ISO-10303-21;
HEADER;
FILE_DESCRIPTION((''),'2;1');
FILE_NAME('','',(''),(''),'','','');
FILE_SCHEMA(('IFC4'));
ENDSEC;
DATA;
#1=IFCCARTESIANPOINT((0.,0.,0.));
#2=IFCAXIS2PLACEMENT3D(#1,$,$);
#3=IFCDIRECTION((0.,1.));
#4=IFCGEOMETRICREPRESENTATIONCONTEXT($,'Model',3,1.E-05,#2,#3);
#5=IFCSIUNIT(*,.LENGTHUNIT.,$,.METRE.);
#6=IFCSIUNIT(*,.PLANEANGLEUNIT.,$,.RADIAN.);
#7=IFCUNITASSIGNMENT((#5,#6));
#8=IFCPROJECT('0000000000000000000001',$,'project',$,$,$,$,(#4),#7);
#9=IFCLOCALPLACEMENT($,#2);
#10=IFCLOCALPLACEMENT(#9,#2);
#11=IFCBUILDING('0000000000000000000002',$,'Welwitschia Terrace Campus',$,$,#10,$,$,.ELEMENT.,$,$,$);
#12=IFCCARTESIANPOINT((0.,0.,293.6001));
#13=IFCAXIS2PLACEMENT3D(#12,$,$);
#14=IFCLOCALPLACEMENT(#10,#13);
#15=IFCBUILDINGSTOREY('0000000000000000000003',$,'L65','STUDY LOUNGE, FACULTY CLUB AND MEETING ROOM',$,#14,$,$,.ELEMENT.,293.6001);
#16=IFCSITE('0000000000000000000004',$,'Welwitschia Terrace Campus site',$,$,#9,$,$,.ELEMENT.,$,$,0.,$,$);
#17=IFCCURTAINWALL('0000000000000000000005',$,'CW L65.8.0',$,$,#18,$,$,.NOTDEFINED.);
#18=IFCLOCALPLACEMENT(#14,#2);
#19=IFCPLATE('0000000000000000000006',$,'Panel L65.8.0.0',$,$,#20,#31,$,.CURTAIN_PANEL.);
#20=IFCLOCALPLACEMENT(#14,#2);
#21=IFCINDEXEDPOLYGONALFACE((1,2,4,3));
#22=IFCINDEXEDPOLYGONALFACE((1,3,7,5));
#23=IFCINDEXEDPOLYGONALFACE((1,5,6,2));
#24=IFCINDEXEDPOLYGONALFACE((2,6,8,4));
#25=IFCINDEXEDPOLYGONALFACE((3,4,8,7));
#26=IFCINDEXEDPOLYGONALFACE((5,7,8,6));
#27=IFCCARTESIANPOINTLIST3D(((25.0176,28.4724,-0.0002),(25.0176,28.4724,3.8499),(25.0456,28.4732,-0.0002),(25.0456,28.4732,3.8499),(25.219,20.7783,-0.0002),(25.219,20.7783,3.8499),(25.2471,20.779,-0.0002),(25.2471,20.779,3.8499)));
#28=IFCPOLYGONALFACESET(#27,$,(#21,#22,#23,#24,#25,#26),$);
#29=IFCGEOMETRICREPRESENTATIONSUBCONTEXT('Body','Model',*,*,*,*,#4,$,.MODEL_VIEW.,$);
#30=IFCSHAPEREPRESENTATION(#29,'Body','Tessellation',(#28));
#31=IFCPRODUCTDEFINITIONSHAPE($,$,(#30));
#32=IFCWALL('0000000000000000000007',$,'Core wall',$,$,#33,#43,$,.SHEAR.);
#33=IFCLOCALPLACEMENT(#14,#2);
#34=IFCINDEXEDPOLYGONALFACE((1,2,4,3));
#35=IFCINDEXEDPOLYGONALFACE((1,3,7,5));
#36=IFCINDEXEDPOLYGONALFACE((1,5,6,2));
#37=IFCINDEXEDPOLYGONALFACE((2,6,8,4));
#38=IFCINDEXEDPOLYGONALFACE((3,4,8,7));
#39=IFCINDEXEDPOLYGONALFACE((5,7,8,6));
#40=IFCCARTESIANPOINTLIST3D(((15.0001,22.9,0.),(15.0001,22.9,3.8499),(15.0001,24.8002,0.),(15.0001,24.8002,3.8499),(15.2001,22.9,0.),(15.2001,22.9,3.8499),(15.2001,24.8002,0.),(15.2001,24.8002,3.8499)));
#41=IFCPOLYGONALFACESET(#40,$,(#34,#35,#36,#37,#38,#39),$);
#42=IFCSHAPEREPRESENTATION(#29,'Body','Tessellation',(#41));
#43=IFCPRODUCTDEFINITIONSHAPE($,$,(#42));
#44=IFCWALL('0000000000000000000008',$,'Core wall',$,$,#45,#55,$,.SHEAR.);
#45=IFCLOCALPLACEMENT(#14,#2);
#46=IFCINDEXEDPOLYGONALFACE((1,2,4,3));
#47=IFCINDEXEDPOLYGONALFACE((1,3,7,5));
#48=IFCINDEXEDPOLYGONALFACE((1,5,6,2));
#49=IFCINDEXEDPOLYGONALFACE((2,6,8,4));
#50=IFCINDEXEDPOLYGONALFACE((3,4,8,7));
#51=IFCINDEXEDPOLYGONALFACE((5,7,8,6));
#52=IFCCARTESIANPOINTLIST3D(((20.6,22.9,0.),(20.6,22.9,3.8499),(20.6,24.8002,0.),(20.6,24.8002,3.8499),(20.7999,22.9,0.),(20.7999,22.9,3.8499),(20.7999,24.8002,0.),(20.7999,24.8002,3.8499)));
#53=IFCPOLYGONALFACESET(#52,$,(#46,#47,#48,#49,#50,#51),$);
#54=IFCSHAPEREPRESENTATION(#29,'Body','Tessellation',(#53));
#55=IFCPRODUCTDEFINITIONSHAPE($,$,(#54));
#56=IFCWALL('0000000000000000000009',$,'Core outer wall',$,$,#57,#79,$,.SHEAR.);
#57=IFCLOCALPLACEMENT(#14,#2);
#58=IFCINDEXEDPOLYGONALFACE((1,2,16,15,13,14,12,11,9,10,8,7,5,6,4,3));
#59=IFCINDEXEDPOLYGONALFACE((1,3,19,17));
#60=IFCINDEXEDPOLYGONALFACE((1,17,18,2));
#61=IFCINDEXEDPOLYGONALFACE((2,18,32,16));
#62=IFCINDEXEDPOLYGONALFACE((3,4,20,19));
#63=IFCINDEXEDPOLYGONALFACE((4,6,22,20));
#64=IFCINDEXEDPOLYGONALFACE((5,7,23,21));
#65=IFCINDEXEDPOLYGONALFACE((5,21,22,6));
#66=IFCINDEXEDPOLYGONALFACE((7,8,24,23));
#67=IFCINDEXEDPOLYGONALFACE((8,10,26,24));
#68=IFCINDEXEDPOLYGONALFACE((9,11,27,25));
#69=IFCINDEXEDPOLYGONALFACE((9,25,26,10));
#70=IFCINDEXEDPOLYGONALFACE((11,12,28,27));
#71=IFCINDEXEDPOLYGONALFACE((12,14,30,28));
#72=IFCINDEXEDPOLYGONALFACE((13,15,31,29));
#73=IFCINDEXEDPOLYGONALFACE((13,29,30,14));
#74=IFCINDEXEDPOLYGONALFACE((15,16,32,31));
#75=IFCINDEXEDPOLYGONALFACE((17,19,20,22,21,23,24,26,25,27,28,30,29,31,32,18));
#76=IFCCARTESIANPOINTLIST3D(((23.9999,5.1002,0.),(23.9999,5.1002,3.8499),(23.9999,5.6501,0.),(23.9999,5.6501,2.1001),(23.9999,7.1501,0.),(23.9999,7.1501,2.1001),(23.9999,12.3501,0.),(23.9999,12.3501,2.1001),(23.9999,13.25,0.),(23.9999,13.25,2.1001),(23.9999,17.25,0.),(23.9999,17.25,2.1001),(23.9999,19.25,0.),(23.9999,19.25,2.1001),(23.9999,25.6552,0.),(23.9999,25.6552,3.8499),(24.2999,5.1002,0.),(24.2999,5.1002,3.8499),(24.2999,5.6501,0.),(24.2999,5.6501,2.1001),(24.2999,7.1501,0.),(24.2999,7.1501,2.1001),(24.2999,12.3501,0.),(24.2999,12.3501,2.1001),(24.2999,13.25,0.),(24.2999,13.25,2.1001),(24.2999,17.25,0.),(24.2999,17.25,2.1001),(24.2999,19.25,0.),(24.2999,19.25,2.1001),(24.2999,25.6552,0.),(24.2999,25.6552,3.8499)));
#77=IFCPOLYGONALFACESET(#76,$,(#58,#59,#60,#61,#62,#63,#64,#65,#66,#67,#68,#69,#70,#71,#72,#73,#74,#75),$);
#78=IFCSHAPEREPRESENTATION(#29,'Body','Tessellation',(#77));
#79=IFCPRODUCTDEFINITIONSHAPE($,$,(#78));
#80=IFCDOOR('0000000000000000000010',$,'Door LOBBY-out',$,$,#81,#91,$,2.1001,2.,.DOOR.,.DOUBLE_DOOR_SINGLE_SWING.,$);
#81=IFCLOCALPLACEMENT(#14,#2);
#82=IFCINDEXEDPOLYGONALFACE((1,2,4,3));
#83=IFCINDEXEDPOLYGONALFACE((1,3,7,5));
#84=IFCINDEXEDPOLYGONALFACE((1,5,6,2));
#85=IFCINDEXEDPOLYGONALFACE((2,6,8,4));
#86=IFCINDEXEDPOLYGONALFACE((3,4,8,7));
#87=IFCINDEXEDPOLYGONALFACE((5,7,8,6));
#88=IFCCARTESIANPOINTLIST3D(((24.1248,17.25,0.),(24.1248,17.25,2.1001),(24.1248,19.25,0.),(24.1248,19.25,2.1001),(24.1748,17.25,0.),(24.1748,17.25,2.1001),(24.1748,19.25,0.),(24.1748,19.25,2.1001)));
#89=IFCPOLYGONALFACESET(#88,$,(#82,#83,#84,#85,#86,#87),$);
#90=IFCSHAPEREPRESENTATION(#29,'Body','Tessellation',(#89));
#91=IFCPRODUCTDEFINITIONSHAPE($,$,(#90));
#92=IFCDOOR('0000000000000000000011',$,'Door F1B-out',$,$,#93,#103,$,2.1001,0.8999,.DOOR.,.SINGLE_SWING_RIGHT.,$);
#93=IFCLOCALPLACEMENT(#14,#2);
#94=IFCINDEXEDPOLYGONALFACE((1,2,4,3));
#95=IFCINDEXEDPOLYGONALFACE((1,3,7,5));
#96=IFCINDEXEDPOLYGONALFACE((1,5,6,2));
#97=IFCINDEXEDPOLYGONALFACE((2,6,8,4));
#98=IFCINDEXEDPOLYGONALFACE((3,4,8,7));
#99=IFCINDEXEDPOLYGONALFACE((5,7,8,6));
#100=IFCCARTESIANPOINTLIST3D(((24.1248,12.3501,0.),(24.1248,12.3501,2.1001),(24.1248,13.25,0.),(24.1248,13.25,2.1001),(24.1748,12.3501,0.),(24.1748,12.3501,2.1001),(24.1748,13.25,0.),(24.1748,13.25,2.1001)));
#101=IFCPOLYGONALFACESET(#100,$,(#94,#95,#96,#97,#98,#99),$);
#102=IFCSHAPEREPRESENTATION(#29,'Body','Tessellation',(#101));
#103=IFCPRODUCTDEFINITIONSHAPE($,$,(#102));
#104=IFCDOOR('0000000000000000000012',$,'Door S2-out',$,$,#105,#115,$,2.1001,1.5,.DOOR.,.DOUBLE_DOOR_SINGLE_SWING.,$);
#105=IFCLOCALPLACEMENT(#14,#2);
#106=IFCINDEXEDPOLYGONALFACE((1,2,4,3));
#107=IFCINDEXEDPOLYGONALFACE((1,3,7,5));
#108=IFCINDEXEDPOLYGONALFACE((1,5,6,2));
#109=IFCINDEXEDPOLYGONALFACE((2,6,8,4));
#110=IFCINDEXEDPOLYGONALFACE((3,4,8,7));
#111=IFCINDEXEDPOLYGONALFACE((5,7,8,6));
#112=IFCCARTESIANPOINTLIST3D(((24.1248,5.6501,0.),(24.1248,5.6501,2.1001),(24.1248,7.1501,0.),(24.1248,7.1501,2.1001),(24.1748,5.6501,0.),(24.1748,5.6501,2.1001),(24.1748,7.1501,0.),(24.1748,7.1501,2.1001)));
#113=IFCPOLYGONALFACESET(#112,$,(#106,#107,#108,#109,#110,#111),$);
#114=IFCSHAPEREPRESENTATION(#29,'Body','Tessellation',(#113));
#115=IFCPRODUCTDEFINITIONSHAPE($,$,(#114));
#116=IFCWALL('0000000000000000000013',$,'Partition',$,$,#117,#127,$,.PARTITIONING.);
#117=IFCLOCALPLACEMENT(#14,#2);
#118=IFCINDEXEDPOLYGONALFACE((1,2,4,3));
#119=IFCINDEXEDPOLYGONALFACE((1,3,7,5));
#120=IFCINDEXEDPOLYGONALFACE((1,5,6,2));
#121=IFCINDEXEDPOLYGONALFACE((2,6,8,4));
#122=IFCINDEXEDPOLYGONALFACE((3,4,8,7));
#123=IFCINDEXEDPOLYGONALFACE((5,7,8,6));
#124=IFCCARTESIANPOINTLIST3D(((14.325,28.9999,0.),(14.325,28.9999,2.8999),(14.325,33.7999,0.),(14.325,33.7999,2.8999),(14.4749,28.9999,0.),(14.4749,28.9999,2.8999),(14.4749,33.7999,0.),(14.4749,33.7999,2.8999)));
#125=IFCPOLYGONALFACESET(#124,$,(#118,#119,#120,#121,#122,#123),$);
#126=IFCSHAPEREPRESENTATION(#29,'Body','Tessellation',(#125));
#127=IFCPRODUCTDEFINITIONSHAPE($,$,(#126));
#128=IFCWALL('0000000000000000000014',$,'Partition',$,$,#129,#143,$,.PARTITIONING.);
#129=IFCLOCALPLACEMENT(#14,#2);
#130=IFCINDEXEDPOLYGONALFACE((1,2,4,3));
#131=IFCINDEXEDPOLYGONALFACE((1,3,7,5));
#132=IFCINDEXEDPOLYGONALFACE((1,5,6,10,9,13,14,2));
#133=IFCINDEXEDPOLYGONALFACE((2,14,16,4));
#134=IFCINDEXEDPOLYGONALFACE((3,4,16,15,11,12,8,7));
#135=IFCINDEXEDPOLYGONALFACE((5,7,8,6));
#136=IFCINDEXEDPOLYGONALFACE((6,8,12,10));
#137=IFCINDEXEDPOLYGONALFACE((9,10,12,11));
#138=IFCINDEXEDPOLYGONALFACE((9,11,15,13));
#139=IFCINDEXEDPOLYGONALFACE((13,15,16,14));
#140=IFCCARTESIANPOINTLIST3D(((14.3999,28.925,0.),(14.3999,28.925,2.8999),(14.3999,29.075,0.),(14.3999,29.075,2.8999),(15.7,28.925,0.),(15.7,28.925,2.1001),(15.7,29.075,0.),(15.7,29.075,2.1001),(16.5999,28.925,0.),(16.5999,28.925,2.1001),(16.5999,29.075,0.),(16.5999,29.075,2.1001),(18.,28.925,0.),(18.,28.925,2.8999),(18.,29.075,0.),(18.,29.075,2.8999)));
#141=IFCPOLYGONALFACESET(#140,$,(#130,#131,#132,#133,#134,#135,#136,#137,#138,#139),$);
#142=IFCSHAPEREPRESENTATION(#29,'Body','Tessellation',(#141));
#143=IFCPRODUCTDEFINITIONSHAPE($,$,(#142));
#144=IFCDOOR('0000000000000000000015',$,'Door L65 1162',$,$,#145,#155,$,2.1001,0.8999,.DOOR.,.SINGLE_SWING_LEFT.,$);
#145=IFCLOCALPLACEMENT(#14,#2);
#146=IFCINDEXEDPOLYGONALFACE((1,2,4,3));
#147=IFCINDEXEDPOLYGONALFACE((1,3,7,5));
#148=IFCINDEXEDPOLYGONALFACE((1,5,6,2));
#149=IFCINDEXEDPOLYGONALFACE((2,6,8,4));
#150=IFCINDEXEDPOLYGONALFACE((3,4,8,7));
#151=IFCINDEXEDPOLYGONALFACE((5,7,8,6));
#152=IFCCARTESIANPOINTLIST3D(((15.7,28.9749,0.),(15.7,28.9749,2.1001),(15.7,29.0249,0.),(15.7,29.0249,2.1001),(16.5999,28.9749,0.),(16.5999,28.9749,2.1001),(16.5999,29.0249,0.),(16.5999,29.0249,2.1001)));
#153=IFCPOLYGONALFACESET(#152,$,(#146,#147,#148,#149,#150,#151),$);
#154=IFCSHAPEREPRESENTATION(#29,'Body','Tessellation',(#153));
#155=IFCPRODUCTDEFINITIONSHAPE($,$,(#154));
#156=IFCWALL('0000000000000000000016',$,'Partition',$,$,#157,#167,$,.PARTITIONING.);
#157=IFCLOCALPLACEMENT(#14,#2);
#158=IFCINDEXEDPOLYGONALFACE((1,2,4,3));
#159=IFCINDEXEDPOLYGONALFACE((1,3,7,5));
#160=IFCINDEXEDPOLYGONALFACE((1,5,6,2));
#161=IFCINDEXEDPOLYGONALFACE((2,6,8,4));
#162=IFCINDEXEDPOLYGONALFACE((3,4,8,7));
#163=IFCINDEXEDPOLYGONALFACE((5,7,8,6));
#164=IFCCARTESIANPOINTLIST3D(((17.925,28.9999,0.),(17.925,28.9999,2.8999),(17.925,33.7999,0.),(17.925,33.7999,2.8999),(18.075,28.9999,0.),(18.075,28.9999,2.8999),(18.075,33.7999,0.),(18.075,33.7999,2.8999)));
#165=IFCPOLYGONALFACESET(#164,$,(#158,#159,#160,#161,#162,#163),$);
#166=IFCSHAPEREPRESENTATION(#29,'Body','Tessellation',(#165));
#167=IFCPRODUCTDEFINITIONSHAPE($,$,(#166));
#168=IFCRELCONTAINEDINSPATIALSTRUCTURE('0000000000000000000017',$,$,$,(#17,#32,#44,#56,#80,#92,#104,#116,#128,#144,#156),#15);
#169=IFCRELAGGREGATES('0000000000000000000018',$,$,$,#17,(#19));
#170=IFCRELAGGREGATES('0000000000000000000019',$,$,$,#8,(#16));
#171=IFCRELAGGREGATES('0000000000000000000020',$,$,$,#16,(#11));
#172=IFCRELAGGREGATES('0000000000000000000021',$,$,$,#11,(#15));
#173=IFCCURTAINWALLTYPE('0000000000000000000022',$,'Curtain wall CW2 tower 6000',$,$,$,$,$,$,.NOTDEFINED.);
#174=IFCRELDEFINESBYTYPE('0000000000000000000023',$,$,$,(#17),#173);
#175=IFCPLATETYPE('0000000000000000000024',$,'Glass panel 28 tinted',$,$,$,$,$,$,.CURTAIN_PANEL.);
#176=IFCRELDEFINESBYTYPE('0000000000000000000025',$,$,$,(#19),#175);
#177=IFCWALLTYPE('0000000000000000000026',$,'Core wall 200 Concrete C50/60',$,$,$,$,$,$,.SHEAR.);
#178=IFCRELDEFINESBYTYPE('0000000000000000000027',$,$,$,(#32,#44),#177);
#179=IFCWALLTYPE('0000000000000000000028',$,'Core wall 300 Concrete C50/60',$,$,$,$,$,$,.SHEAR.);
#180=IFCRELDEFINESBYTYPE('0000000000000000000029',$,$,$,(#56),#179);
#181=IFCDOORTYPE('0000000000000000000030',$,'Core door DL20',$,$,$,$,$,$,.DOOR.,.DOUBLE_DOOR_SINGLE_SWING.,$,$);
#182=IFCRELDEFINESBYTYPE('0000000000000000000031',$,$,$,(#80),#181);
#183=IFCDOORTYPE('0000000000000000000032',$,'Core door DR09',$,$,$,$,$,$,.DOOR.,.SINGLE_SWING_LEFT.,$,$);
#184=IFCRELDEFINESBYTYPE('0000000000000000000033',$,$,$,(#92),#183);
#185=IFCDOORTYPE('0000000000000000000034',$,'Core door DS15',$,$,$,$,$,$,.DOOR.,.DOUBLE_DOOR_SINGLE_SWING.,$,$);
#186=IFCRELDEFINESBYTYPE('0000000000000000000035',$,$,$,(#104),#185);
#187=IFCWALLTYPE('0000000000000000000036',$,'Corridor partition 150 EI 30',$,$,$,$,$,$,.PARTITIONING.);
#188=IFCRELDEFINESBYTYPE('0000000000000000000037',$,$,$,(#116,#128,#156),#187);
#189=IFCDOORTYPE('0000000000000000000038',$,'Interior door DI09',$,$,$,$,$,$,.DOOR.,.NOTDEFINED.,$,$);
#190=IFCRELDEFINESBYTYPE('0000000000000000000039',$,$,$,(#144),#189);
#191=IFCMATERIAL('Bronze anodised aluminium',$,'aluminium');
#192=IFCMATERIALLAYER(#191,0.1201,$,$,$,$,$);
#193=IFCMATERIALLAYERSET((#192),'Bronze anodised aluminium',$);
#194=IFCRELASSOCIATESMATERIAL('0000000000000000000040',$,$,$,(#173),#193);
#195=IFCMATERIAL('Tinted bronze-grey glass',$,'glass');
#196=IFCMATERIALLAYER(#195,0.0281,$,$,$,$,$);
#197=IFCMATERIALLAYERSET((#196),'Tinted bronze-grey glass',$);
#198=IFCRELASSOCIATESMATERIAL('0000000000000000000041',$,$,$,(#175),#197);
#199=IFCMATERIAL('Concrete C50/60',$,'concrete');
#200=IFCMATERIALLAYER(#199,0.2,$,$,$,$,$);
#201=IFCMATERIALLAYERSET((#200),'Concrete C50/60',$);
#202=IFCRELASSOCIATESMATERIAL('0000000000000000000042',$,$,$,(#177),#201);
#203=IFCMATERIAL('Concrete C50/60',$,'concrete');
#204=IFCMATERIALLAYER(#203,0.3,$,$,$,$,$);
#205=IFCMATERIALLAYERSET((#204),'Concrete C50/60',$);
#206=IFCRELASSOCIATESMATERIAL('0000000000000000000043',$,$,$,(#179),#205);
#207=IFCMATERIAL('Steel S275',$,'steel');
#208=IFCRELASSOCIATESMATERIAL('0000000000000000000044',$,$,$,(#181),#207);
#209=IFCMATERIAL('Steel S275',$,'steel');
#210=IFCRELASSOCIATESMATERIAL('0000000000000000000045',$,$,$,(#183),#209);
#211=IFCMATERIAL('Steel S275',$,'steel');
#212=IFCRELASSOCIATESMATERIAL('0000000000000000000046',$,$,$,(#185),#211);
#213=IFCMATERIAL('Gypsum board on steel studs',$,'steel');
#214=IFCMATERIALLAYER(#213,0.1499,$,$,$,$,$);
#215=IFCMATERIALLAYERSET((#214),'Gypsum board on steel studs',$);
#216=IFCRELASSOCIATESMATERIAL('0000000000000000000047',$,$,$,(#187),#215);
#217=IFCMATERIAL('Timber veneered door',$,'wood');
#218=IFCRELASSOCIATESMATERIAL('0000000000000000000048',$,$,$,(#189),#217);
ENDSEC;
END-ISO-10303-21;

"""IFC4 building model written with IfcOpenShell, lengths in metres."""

from ifc_helpers import new_model, si_unit, direction, frame, frame_2d, origin, origin_2d, place, context, subcontext, project, spatial, rectangle, extrude, material, layer, layer_set, type_object, element, fill, aggregate, save


model = new_model("IFC4")

# Units and contexts
model_context = context("Model", 3, precision=1e-05, world=origin(), true_north=direction((0.0, 1.0)))
body_context = subcontext(model_context, "Body", "Model", "MODEL_VIEW")
ifc_project = project(units=[si_unit("LENGTHUNIT", "METRE"), si_unit("PLANEANGLEUNIT", "RADIAN")], contexts=[model_context])

# Site, building, storey
site_placement = place(None, origin())
site = spatial("IfcSite", under=ifc_project, at=site_placement, Name="Welwitschia Terrace Campus site", CompositionType="ELEMENT", RefElevation=0.0)
building_placement = place(site_placement, origin())
building = spatial("IfcBuilding", under=site, at=building_placement, Name="Welwitschia Terrace Campus", CompositionType="ELEMENT")
storey_placement = place(building_placement, frame((0.0, 0.0, 293.6001)))
storey = spatial("IfcBuildingStorey", under=building, at=storey_placement, Name="L65", Description="STUDY LOUNGE, FACULTY CLUB AND MEETING ROOM", CompositionType="ELEMENT", Elevation=293.6001)

# Curtain wall
ifc_material_1 = material(Name="Bronze anodised aluminium", Category="aluminium")
ifc_layer_1 = layer(ifc_material_1, 0.1201)
ifc_layer_set_1 = layer_set([ifc_layer_1], Name="Bronze anodised aluminium")
curtain_wall_type = type_object("IfcCurtainWallType", Name="Curtain wall CW2 tower 6000", PredefinedType="NOTDEFINED", material=ifc_layer_set_1)
curtain_wall_1_placement = place(storey_placement, origin())
curtain_wall_1 = element("IfcCurtainWall", 1, at=curtain_wall_1_placement, inside=storey, type_object=curtain_wall_type, Name="CW L65.8.0", PredefinedType="NOTDEFINED")

# Plate
ifc_material_2 = material(Name="Tinted bronze-grey glass", Category="glass")
ifc_layer_2 = layer(ifc_material_2, 0.0281)
ifc_layer_set_2 = layer_set([ifc_layer_2], Name="Tinted bronze-grey glass")
plate_type = type_object("IfcPlateType", Name="Glass panel 28 tinted", PredefinedType="CURTAIN_PANEL", material=ifc_layer_set_2)
plate_placement = place(storey_placement, frame((25.1323, 24.6257, -0.0002), z_axis=(0.0, 0.0, 1.0), x_axis=(-0.026177, 0.999657, 0.0)))
plate = element("IfcPlate", 2, at=plate_placement, type_object=plate_type, Name="Panel L65.8.0.0", PredefinedType="CURTAIN_PANEL", context=body_context, shape_type="SweptSolid", body=[
    extrude(rectangle(XDim=7.6968, YDim=0.0281, at=origin_2d()), origin(), (0.0, 0.0, 1.0), 3.8501),
])
aggregate(curtain_wall_1, [plate])

# Walls
ifc_material_3 = material(Name="Concrete C50/60", Category="concrete")
ifc_layer_3 = layer(ifc_material_3, 0.2)
ifc_layer_set_3 = layer_set([ifc_layer_3], Name="Concrete C50/60")
wall_type_1 = type_object("IfcWallType", Name="Core wall 200 Concrete C50/60", PredefinedType="SHEAR", material=ifc_layer_set_3)
for number, where, z_axis, x_axis, name in (
    (3, (15.1001, 22.8999, 0.0), (0.0, 0.0, 1.0), (0.0, 1.0, 0.0), "Core wall"),
    (4, (20.7, 22.8999, 0.0), (0.0, 0.0, 1.0), (0.0, 1.0, 0.0), "Core wall"),
):
    element("IfcWall", number, at=place(storey_placement, frame(where, z_axis=z_axis, x_axis=x_axis)), inside=storey, type_object=wall_type_1, Name=name, PredefinedType="SHEAR", context=body_context, shape_type="SweptSolid", body=[
        extrude(rectangle(XDim=1.9001, YDim=0.2, at=frame_2d((0.9502, 0.0))), origin(), (0.0, 0.0, 1.0), 3.8499),
    ])

# Wall, openings, doors
ifc_material_4 = material(Name="Concrete C50/60", Category="concrete")
ifc_layer_4 = layer(ifc_material_4, 0.3)
ifc_layer_set_4 = layer_set([ifc_layer_4], Name="Concrete C50/60")
wall_type_2 = type_object("IfcWallType", Name="Core wall 300 Concrete C50/60", PredefinedType="SHEAR", material=ifc_layer_set_4)
wall_1_placement = place(storey_placement, frame((24.1499, 25.655, 0.0), z_axis=(0.0, 0.0, 1.0), x_axis=(0.0, -1.0, 0.0)))
wall_1 = element("IfcWall", 5, at=wall_1_placement, inside=storey, type_object=wall_type_2, Name="Core outer wall", PredefinedType="SHEAR", context=body_context, shape_type="SweptSolid", body=[
    extrude(rectangle(XDim=20.5549, YDim=0.3, at=frame_2d((10.2773, 0.0))), origin(), (0.0, 0.0, 1.0), 3.8499),
])
opening_1_placement = place(wall_1_placement, frame((18.5049, 0.0, 0.0)))
opening_1 = element("IfcOpeningElement", 6, at=opening_1_placement, cuts=wall_1, PredefinedType="OPENING", context=body_context, shape_type="SweptSolid", body=[
    extrude(rectangle(XDim=1.5, YDim=2.1001, at=frame_2d((0.75, 1.05))), frame((0.0, 0.1599, 0.0), z_axis=(0.0, -1.0, 0.0), x_axis=(1.0, 0.0, 0.0)), (0.0, 0.0, 1.0), 0.3201),
])
opening_2_placement = place(wall_1_placement, frame((12.405, 0.0, 0.0)))
opening_2 = element("IfcOpeningElement", 7, at=opening_2_placement, cuts=wall_1, PredefinedType="OPENING", context=body_context, shape_type="SweptSolid", body=[
    extrude(rectangle(XDim=0.8999, YDim=2.1001, at=frame_2d((0.45, 1.05))), frame((0.0, 0.1599, 0.0), z_axis=(0.0, -1.0, 0.0), x_axis=(1.0, 0.0, 0.0)), (0.0, 0.0, 1.0), 0.3201),
])
opening_3_placement = place(wall_1_placement, frame((6.405, 0.0, 0.0)))
opening_3 = element("IfcOpeningElement", 8, at=opening_3_placement, cuts=wall_1, PredefinedType="OPENING", context=body_context, shape_type="SweptSolid", body=[
    extrude(rectangle(XDim=2.0, YDim=2.1001, at=frame_2d((1.0, 1.05))), frame((0.0, 0.1599, 0.0), z_axis=(0.0, -1.0, 0.0), x_axis=(1.0, 0.0, 0.0)), (0.0, 0.0, 1.0), 0.3201),
])
ifc_material_5 = material(Name="Steel S275", Category="steel")
door_type_1 = type_object("IfcDoorType", Name="Core door DL20", OperationType="DOUBLE_DOOR_SINGLE_SWING", PredefinedType="DOOR", material=ifc_material_5)
door_1_placement = place(opening_3_placement, origin())
door_1 = element("IfcDoor", 9, at=door_1_placement, inside=storey, type_object=door_type_1, Name="Door LOBBY-out", OperationType="DOUBLE_DOOR_SINGLE_SWING", OverallHeight=2.1001, OverallWidth=2.0, PredefinedType="DOOR", context=body_context, shape_type="SweptSolid", body=[
    extrude(rectangle(XDim=2.0, YDim=2.1001, at=frame_2d((1.0, 1.05))), frame((0.0, 0.0249, 0.0), z_axis=(0.0, -1.0, 0.0), x_axis=(1.0, 0.0, 0.0)), (0.0, 0.0, 1.0), 0.05),
])
fill(opening_3, door_1)
ifc_material_6 = material(Name="Steel S275", Category="steel")
door_type_2 = type_object("IfcDoorType", Name="Core door DR09", OperationType="SINGLE_SWING_LEFT", PredefinedType="DOOR", material=ifc_material_6)
door_2_placement = place(opening_2_placement, origin())
door_2 = element("IfcDoor", 10, at=door_2_placement, inside=storey, type_object=door_type_2, Name="Door F1B-out", OperationType="SINGLE_SWING_RIGHT", OverallHeight=2.1001, OverallWidth=0.8999, PredefinedType="DOOR", context=body_context, shape_type="SweptSolid", body=[
    extrude(rectangle(XDim=0.8999, YDim=2.1001, at=frame_2d((0.45, 1.05))), frame((0.0, 0.0249, 0.0), z_axis=(0.0, -1.0, 0.0), x_axis=(1.0, 0.0, 0.0)), (0.0, 0.0, 1.0), 0.05),
])
fill(opening_2, door_2)
ifc_material_7 = material(Name="Steel S275", Category="steel")
door_type_3 = type_object("IfcDoorType", Name="Core door DS15", OperationType="DOUBLE_DOOR_SINGLE_SWING", PredefinedType="DOOR", material=ifc_material_7)
door_3_placement = place(opening_1_placement, origin())
door_3 = element("IfcDoor", 11, at=door_3_placement, inside=storey, type_object=door_type_3, Name="Door S2-out", OperationType="DOUBLE_DOOR_SINGLE_SWING", OverallHeight=2.1001, OverallWidth=1.5, PredefinedType="DOOR", context=body_context, shape_type="SweptSolid", body=[
    extrude(rectangle(XDim=1.5, YDim=2.1001, at=frame_2d((0.75, 1.05))), frame((0.0, 0.0249, 0.0), z_axis=(0.0, -1.0, 0.0), x_axis=(1.0, 0.0, 0.0)), (0.0, 0.0, 1.0), 0.05),
])
fill(opening_1, door_3)

# Wall
ifc_material_8 = material(Name="Gypsum board on steel studs", Category="steel")
ifc_layer_5 = layer(ifc_material_8, 0.1499)
ifc_layer_set_5 = layer_set([ifc_layer_5], Name="Gypsum board on steel studs")
wall_type_3 = type_object("IfcWallType", Name="Corridor partition 150 EI 30", PredefinedType="PARTITIONING", material=ifc_layer_set_5)
wall_2_placement = place(storey_placement, frame((14.3999, 29.0, 0.0), z_axis=(0.0, 0.0, 1.0), x_axis=(0.0, 1.0, 0.0)))
element("IfcWall", 12, at=wall_2_placement, inside=storey, type_object=wall_type_3, Name="Partition", PredefinedType="PARTITIONING", context=body_context, shape_type="SweptSolid", body=[
    extrude(rectangle(XDim=4.8, YDim=0.1499, at=frame_2d((2.3999, 0.0))), origin(), (0.0, 0.0, 1.0), 2.8999),
])

# Wall, opening, door
wall_3_placement = place(storey_placement, frame((14.3999, 29.0, 0.0), z_axis=(0.0, 0.0, 1.0), x_axis=(1.0, 0.0, 0.0)))
wall_3 = element("IfcWall", 13, at=wall_3_placement, inside=storey, type_object=wall_type_3, Name="Partition", PredefinedType="PARTITIONING", context=body_context, shape_type="SweptSolid", body=[
    extrude(rectangle(XDim=3.6001, YDim=0.1499, at=frame_2d((1.8, 0.0))), origin(), (0.0, 0.0, 1.0), 2.8999),
])
opening_4_placement = place(wall_3_placement, frame((1.3, 0.0, 0.0)))
opening_4 = element("IfcOpeningElement", 14, at=opening_4_placement, cuts=wall_3, PredefinedType="OPENING", context=body_context, shape_type="SweptSolid", body=[
    extrude(rectangle(XDim=0.8999, YDim=2.1001, at=frame_2d((0.45, 1.05))), frame((0.0, 0.085, 0.0), z_axis=(0.0, -1.0, 0.0), x_axis=(1.0, 0.0, 0.0)), (0.0, 0.0, 1.0), 0.1699),
])
ifc_material_9 = material(Name="Timber veneered door", Category="wood")
door_type_4 = type_object("IfcDoorType", Name="Interior door DI09", OperationType="NOTDEFINED", PredefinedType="DOOR", material=ifc_material_9)
door_4_placement = place(opening_4_placement, origin())
door_4 = element("IfcDoor", 15, at=door_4_placement, inside=storey, type_object=door_type_4, Name="Door L65 1162", OperationType="SINGLE_SWING_LEFT", OverallHeight=2.1001, OverallWidth=0.8999, PredefinedType="DOOR", context=body_context, shape_type="SweptSolid", body=[
    extrude(rectangle(XDim=0.8999, YDim=2.1001, at=frame_2d((0.45, 1.05))), frame((0.0, 0.0249, 0.0), z_axis=(0.0, -1.0, 0.0), x_axis=(1.0, 0.0, 0.0)), (0.0, 0.0, 1.0), 0.05),
])
fill(opening_4, door_4)

# Wall
wall_4_placement = place(storey_placement, frame((18.0, 29.0, 0.0), z_axis=(0.0, 0.0, 1.0), x_axis=(0.0, 1.0, 0.0)))
element("IfcWall", 16, at=wall_4_placement, inside=storey, type_object=wall_type_3, Name="Partition", PredefinedType="PARTITIONING", context=body_context, shape_type="SweptSolid", body=[
    extrude(rectangle(XDim=4.8, YDim=0.1499, at=frame_2d((2.3999, 0.0))), origin(), (0.0, 0.0, 1.0), 2.8999),
])

save(model, "model.ifc")
